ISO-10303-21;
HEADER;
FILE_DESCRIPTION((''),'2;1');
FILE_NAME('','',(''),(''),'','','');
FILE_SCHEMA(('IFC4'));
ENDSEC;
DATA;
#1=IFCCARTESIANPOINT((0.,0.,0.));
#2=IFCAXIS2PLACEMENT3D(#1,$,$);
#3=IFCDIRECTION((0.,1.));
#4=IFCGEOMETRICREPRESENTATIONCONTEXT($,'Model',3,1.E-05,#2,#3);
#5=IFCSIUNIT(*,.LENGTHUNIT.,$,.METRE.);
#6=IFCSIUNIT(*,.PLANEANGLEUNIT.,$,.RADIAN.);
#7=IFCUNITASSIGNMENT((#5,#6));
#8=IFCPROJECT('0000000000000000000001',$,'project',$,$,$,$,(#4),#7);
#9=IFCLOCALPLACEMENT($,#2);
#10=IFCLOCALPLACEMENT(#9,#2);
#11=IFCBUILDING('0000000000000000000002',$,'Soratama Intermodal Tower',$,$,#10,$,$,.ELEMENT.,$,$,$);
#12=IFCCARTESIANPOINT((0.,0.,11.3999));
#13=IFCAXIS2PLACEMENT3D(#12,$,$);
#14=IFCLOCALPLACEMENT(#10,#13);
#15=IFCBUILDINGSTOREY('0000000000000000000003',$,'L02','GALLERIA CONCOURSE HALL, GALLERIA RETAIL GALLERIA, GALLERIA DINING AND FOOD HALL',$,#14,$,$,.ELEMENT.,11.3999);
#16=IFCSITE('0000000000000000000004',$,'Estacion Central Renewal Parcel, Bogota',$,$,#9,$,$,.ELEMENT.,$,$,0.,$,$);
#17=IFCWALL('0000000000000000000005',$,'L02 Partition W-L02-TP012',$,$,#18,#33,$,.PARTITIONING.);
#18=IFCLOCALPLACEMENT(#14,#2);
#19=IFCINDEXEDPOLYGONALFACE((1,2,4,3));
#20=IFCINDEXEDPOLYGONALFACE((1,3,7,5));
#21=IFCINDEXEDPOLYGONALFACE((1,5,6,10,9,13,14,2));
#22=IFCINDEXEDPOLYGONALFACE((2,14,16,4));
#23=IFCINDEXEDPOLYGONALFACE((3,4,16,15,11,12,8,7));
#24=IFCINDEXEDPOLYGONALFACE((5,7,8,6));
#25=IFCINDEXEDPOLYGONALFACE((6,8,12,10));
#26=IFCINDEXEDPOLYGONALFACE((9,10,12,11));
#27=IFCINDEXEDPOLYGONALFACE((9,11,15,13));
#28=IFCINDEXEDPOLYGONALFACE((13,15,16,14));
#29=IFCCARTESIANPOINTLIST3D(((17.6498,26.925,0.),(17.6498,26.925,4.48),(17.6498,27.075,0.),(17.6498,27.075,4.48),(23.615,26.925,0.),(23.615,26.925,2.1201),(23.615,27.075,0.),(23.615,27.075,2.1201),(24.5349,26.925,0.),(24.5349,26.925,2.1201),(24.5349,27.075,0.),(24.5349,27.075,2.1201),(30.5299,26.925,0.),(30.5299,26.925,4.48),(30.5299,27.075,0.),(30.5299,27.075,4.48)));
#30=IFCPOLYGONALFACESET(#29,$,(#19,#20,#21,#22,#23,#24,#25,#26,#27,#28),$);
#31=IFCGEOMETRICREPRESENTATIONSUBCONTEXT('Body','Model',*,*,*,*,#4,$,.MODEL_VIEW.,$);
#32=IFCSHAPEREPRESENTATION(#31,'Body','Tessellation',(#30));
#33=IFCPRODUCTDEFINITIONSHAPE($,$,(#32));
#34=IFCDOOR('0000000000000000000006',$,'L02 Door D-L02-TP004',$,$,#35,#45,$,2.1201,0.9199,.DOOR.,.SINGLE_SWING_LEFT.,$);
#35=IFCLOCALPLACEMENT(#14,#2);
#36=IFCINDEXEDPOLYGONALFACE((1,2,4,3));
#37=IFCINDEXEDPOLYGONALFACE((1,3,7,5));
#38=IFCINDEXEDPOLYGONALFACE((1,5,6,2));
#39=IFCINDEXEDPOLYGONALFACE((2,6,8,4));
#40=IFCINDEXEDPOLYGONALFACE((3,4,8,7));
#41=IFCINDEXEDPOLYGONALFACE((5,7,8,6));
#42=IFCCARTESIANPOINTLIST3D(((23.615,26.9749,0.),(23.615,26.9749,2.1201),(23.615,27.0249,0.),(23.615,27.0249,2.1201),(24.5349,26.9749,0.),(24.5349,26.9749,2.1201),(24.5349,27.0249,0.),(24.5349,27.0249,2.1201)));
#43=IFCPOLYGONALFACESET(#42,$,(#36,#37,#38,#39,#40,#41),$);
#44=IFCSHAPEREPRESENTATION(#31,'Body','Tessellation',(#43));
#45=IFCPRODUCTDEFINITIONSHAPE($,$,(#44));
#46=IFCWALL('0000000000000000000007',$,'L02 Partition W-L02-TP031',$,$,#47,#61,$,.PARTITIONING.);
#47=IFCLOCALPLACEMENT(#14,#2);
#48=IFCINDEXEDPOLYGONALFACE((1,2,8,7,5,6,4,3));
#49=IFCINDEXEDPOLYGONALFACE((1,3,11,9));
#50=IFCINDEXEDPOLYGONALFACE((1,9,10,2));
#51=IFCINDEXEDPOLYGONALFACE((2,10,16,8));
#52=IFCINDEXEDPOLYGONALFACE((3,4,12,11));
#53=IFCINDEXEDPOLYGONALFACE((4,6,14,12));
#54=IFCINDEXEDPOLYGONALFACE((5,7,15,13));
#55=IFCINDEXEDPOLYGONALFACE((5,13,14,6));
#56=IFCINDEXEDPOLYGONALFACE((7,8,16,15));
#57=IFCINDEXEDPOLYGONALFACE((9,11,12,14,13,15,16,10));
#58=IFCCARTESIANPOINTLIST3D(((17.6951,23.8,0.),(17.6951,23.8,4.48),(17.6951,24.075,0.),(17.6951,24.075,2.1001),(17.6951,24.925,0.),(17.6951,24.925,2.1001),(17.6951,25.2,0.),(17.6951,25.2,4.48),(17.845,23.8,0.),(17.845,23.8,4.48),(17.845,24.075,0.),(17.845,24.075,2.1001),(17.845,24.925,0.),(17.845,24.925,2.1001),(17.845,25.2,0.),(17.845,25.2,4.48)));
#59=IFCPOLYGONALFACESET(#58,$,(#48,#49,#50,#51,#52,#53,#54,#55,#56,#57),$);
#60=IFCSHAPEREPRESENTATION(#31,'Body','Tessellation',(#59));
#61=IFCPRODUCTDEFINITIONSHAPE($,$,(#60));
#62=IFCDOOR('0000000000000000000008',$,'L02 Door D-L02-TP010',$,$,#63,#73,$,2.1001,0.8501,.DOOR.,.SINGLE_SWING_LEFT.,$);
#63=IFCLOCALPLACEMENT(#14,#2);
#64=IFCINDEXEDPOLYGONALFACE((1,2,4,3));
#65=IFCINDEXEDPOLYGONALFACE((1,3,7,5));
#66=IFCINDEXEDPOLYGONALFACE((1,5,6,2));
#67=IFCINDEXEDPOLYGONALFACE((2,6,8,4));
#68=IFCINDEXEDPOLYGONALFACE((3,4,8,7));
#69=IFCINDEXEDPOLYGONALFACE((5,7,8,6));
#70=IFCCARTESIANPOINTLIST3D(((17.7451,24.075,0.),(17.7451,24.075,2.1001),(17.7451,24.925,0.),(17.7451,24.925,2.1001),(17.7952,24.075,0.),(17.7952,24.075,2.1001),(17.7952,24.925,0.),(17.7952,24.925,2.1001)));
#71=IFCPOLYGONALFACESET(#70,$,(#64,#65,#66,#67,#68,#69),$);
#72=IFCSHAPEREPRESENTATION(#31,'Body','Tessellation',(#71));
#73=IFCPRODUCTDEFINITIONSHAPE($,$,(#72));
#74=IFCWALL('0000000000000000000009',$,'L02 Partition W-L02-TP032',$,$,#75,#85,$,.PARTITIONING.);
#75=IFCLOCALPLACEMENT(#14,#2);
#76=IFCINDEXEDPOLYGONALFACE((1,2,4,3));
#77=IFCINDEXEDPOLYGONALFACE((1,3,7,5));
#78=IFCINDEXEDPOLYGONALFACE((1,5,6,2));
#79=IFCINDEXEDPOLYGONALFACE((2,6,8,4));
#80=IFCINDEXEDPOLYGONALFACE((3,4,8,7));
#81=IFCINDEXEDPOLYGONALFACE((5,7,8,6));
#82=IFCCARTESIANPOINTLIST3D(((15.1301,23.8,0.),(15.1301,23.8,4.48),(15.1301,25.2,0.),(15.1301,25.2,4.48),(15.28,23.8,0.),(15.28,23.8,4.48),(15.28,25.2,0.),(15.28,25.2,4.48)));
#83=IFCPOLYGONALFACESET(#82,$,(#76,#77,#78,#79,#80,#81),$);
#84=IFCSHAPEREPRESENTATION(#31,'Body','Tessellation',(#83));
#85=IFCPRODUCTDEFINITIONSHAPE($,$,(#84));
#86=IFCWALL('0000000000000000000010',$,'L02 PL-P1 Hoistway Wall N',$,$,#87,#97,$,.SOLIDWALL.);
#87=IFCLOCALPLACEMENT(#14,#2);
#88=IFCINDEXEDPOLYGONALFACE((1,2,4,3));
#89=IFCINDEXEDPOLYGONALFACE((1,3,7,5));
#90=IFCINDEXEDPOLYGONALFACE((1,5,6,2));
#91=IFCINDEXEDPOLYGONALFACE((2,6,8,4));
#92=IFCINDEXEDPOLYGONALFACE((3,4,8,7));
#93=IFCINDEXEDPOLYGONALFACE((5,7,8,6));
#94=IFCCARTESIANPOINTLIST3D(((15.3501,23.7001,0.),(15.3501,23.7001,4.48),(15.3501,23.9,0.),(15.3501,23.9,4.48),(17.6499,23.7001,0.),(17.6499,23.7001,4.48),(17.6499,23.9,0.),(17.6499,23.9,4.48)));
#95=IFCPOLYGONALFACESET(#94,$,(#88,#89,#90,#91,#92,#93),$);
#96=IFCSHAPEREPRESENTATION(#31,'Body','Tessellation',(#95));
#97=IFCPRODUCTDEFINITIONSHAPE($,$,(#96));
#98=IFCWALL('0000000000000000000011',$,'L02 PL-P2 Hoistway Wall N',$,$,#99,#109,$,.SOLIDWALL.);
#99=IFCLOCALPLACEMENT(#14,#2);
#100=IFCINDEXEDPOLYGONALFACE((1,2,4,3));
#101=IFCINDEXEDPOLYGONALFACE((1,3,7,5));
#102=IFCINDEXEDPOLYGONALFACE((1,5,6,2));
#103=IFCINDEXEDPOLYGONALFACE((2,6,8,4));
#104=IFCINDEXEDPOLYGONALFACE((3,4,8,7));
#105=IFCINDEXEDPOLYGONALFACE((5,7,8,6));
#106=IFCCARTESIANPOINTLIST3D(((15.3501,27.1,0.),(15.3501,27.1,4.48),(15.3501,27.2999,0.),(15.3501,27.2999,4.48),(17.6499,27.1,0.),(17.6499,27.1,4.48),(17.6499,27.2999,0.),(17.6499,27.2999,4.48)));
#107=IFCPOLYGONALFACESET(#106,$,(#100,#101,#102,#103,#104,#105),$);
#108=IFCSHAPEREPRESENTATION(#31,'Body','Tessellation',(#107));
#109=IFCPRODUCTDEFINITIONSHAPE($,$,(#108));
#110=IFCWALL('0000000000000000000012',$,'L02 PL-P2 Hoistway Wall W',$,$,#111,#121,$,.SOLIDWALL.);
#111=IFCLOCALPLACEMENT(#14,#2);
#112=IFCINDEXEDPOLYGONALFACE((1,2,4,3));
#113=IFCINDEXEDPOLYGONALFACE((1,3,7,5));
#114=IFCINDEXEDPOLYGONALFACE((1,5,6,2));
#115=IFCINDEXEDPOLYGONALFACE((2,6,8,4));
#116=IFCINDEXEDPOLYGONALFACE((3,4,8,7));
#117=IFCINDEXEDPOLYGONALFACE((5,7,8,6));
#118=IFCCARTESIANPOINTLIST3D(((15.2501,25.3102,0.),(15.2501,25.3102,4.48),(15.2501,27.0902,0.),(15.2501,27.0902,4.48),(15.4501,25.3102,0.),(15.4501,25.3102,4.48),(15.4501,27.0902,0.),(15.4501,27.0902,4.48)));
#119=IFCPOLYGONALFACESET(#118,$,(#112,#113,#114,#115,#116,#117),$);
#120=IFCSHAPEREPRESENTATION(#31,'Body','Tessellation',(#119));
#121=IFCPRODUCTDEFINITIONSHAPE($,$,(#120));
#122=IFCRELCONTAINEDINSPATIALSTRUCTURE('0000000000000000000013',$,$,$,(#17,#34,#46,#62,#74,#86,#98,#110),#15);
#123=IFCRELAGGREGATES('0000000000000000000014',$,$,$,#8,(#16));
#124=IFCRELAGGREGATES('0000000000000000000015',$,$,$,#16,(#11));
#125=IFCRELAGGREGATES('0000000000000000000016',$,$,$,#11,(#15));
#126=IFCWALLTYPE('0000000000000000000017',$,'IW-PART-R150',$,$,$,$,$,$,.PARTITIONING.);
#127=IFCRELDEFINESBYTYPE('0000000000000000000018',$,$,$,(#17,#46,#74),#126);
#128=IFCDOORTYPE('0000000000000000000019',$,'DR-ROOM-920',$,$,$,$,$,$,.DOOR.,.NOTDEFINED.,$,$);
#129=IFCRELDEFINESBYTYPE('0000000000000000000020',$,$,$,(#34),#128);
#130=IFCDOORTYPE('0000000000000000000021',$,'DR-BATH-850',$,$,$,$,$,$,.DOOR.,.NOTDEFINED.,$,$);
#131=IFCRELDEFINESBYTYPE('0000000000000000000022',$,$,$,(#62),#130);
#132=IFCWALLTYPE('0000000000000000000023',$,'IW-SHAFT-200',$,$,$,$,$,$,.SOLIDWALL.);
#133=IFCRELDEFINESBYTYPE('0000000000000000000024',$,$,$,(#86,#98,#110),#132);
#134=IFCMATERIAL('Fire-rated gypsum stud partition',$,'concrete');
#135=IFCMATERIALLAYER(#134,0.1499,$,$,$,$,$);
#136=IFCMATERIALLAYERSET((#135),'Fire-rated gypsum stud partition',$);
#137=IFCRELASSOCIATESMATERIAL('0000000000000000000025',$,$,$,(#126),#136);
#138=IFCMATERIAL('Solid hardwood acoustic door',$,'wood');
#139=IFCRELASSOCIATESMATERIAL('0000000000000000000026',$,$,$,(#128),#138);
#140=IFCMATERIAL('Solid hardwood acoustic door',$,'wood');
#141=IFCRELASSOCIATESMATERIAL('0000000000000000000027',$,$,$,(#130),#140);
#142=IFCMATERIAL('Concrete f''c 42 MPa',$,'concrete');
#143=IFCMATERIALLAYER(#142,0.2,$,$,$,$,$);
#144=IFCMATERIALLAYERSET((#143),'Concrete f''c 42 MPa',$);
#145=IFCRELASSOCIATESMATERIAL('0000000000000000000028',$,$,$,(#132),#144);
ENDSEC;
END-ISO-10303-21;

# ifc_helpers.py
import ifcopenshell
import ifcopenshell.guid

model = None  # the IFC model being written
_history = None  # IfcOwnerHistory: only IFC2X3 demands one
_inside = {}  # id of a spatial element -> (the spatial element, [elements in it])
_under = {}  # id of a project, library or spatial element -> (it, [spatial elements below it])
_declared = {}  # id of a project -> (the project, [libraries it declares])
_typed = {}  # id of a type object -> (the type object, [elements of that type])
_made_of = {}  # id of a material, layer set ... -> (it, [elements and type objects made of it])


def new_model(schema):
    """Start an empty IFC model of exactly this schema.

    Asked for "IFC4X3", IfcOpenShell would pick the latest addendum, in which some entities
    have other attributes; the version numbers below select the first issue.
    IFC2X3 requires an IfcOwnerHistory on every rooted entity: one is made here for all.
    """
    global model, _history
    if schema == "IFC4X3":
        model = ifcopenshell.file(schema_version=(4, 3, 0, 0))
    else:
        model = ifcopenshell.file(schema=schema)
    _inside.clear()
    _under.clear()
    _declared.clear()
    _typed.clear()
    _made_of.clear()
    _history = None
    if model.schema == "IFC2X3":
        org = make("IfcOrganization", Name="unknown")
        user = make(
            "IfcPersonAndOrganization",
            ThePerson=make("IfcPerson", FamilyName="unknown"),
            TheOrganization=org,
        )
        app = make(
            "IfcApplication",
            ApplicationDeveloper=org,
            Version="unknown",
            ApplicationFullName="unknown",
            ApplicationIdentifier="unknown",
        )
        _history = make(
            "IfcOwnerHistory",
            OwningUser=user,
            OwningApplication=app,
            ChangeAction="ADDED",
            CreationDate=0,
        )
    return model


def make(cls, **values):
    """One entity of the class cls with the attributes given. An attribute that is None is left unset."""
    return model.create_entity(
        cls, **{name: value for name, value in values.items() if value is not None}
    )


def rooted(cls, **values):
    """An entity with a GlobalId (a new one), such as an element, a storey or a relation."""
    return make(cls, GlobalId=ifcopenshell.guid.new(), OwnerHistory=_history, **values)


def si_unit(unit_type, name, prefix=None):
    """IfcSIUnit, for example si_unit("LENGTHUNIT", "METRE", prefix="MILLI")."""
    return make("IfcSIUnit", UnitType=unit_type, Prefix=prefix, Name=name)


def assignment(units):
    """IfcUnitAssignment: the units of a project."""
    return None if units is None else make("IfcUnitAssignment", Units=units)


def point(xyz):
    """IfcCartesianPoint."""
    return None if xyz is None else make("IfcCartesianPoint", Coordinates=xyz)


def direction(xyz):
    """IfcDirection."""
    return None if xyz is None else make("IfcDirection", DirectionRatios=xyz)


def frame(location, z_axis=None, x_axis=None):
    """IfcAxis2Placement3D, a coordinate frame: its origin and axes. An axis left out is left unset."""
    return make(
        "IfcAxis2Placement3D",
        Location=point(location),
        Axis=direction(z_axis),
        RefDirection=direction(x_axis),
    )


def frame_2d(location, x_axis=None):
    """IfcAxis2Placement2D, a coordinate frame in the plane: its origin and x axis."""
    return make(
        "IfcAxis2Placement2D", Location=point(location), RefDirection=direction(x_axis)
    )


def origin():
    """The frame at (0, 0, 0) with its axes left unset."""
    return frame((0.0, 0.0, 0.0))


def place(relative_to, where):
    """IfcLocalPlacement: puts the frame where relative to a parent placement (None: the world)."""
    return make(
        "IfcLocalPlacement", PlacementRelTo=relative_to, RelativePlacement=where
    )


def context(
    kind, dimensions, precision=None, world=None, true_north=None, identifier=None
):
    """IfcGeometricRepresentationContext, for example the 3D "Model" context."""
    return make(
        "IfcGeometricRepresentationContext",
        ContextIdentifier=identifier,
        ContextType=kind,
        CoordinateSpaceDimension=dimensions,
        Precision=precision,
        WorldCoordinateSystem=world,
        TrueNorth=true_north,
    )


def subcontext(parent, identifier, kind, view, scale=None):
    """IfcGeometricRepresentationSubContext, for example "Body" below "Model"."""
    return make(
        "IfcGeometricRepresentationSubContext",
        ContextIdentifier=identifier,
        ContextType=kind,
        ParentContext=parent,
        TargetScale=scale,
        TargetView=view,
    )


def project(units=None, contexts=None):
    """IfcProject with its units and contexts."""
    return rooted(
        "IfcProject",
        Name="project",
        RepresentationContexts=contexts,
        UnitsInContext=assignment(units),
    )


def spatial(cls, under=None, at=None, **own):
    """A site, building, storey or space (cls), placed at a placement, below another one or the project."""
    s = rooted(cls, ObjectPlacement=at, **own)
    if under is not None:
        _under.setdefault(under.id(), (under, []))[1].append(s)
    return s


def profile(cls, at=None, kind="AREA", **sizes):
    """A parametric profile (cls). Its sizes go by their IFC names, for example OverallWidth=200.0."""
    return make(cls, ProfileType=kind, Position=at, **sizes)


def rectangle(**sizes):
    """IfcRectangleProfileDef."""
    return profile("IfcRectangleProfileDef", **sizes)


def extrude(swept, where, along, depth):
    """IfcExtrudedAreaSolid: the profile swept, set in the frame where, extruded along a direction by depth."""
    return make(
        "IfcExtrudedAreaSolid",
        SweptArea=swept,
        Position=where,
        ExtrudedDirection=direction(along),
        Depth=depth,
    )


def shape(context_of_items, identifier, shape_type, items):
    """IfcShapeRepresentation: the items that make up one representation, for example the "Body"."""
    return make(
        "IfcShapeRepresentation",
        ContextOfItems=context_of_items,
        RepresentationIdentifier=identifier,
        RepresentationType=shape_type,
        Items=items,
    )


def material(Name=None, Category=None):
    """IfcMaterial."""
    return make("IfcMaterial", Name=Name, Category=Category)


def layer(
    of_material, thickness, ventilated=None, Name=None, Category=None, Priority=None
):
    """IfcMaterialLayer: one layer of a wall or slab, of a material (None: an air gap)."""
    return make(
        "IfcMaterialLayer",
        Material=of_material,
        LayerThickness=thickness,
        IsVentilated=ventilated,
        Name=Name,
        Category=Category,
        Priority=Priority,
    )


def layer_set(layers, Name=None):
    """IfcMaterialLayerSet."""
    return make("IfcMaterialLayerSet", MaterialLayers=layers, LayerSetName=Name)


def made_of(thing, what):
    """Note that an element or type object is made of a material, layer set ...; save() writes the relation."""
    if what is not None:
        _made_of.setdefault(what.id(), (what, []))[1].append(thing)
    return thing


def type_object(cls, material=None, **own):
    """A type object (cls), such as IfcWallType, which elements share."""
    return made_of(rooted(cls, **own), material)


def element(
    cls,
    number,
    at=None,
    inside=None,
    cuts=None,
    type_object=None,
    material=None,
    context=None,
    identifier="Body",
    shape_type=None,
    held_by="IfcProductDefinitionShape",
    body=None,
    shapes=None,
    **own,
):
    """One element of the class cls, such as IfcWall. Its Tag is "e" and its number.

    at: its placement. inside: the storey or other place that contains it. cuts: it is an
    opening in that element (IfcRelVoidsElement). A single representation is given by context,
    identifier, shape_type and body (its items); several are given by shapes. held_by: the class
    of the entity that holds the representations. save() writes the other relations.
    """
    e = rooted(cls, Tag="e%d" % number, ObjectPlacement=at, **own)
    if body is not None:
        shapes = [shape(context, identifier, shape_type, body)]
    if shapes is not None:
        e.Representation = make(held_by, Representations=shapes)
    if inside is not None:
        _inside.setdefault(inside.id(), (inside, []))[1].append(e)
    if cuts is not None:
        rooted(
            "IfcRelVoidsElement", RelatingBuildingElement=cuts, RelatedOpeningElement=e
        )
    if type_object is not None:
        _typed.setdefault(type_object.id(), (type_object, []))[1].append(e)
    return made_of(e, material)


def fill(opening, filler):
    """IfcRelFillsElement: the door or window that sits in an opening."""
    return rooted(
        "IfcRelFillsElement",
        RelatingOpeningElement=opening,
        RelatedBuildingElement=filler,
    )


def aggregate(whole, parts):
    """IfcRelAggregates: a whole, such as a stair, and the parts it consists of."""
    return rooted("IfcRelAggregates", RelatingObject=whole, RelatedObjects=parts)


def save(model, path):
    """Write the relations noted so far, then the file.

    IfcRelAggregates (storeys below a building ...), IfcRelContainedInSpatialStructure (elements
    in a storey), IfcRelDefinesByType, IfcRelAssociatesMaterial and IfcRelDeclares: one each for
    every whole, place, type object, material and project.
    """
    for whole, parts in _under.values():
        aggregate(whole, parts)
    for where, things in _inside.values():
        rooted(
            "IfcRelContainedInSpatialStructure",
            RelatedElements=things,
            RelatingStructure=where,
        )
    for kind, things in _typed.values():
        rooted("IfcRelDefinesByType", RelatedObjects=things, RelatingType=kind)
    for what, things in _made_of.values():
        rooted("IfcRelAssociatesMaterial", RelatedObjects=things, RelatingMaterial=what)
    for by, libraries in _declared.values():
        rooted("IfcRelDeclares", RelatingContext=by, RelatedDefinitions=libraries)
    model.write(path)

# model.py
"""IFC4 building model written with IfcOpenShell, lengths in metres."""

from ifc_helpers import new_model, si_unit, direction, frame, frame_2d, origin, place, context, subcontext, project, spatial, rectangle, extrude, material, layer, layer_set, type_object, element, fill, save


model = new_model("IFC4")

# Units and contexts
model_context = context("Model", 3, precision=1e-05, world=origin(), true_north=direction((0.0, 1.0)))
body_context = subcontext(model_context, "Body", "Model", "MODEL_VIEW")
ifc_project = project(units=[si_unit("LENGTHUNIT", "METRE"), si_unit("PLANEANGLEUNIT", "RADIAN")], contexts=[model_context])

# Site, building, storey
site_placement = place(None, origin())
site = spatial("IfcSite", under=ifc_project, at=site_placement, Name="Estacion Central Renewal Parcel, Bogota", CompositionType="ELEMENT", RefElevation=0.0)
building_placement = place(site_placement, origin())
building = spatial("IfcBuilding", under=site, at=building_placement, Name="Soratama Intermodal Tower", CompositionType="ELEMENT")
storey_placement = place(building_placement, frame((0.0, 0.0, 11.3999)))
storey = spatial("IfcBuildingStorey", under=building, at=storey_placement, Name="L02", Description="GALLERIA CONCOURSE HALL, GALLERIA RETAIL GALLERIA, GALLERIA DINING AND FOOD HALL", CompositionType="ELEMENT", Elevation=11.3999)

# Walls, openings, doors
ifc_material_1 = material(Name="Fire-rated gypsum stud partition", Category="concrete")
ifc_layer_1 = layer(ifc_material_1, 0.1499)
ifc_layer_set_1 = layer_set([ifc_layer_1], Name="Fire-rated gypsum stud partition")
wall_type_1 = type_object("IfcWallType", Name="IW-PART-R150", PredefinedType="PARTITIONING", material=ifc_layer_set_1)
wall_1_placement = place(storey_placement, frame((17.6499, 27.0, 0.0), z_axis=(0.0, 0.0, 1.0), x_axis=(1.0, 0.0, 0.0)))
wall_1 = element("IfcWall", 1, at=wall_1_placement, inside=storey, type_object=wall_type_1, Name="L02 Partition W-L02-TP012", PredefinedType="PARTITIONING", context=body_context, shape_type="SweptSolid", body=[
    extrude(rectangle(XDim=12.8801, YDim=0.1499, at=frame_2d((6.4399, 0.0))), origin(), (0.0, 0.0, 1.0), 4.48),
])
opening_1_placement = place(wall_1_placement, frame((5.9651, 0.0, 0.0)))
opening_1 = element("IfcOpeningElement", 2, at=opening_1_placement, cuts=wall_1, PredefinedType="OPENING", context=body_context, shape_type="SweptSolid", body=[
    extrude(rectangle(XDim=0.9199, YDim=2.1201, at=frame_2d((0.46, 1.0601))), frame((0.0, 0.085, 0.0), z_axis=(0.0, -1.0, 0.0), x_axis=(1.0, 0.0, 0.0)), (0.0, 0.0, 1.0), 0.1699),
])
ifc_material_2 = material(Name="Solid hardwood acoustic door", Category="wood")
door_type_1 = type_object("IfcDoorType", Name="DR-ROOM-920", OperationType="NOTDEFINED", PredefinedType="DOOR", material=ifc_material_2)
door_1_placement = place(opening_1_placement, origin())
door_1 = element("IfcDoor", 3, at=door_1_placement, inside=storey, type_object=door_type_1, Name="L02 Door D-L02-TP004", OperationType="SINGLE_SWING_LEFT", OverallHeight=2.1201, OverallWidth=0.9199, PredefinedType="DOOR", context=body_context, shape_type="SweptSolid", body=[
    extrude(rectangle(XDim=0.9199, YDim=2.1201, at=frame_2d((0.46, 1.0601))), frame((0.0, 0.0249, 0.0), z_axis=(0.0, -1.0, 0.0), x_axis=(1.0, 0.0, 0.0)), (0.0, 0.0, 1.0), 0.05),
])
fill(opening_1, door_1)
wall_2_placement = place(storey_placement, frame((17.77, 23.8, 0.0), z_axis=(0.0, 0.0, 1.0), x_axis=(0.0, 1.0, 0.0)))
wall_2 = element("IfcWall", 4, at=wall_2_placement, inside=storey, type_object=wall_type_1, Name="L02 Partition W-L02-TP031", PredefinedType="PARTITIONING", context=body_context, shape_type="SweptSolid", body=[
    extrude(rectangle(XDim=1.3999, YDim=0.1499, at=frame_2d((0.7, 0.0))), origin(), (0.0, 0.0, 1.0), 4.48),
])
opening_2_placement = place(wall_2_placement, frame((0.2749, 0.0, 0.0)))
opening_2 = element("IfcOpeningElement", 5, at=opening_2_placement, cuts=wall_2, PredefinedType="OPENING", context=body_context, shape_type="SweptSolid", body=[
    extrude(rectangle(XDim=0.8501, YDim=2.1001, at=frame_2d((0.425, 1.05))), frame((0.0, 0.085, 0.0), z_axis=(0.0, -1.0, 0.0), x_axis=(1.0, 0.0, 0.0)), (0.0, 0.0, 1.0), 0.1699),
])
ifc_material_3 = material(Name="Solid hardwood acoustic door", Category="wood")
door_type_2 = type_object("IfcDoorType", Name="DR-BATH-850", OperationType="NOTDEFINED", PredefinedType="DOOR", material=ifc_material_3)
door_2_placement = place(opening_2_placement, origin())
door_2 = element("IfcDoor", 6, at=door_2_placement, inside=storey, type_object=door_type_2, Name="L02 Door D-L02-TP010", OperationType="SINGLE_SWING_LEFT", OverallHeight=2.1001, OverallWidth=0.8501, PredefinedType="DOOR", context=body_context, shape_type="SweptSolid", body=[
    extrude(rectangle(XDim=0.8501, YDim=2.1001, at=frame_2d((0.425, 1.05))), frame((0.0, 0.0249, 0.0), z_axis=(0.0, -1.0, 0.0), x_axis=(1.0, 0.0, 0.0)), (0.0, 0.0, 1.0), 0.05),
])
fill(opening_2, door_2)

# Walls
wall_3_placement = place(storey_placement, frame((15.2051, 23.8, 0.0), z_axis=(0.0, 0.0, 1.0), x_axis=(0.0, 1.0, 0.0)))
element("IfcWall", 7, at=wall_3_placement, inside=storey, type_object=wall_type_1, Name="L02 Partition W-L02-TP032", PredefinedType="PARTITIONING", context=body_context, shape_type="SweptSolid", body=[
    extrude(rectangle(XDim=1.3999, YDim=0.1499, at=frame_2d((0.7, 0.0))), origin(), (0.0, 0.0, 1.0), 4.48),
])
ifc_material_4 = material(Name="Concrete f'c 42 MPa", Category="concrete")
ifc_layer_2 = layer(ifc_material_4, 0.2)
ifc_layer_set_2 = layer_set([ifc_layer_2], Name="Concrete f'c 42 MPa")
wall_type_2 = type_object("IfcWallType", Name="IW-SHAFT-200", PredefinedType="SOLIDWALL", material=ifc_layer_set_2)
for number, where, z_axis, x_axis, name in (
    (8, (15.3501, 23.8, 0.0), (0.0, 0.0, 1.0), (1.0, 0.0, 0.0), "L02 PL-P1 Hoistway Wall N"),
    (9, (15.3501, 27.2, 0.0), (0.0, 0.0, 1.0), (1.0, 0.0, 0.0), "L02 PL-P2 Hoistway Wall N"),
):
    element("IfcWall", number, at=place(storey_placement, frame(where, z_axis=z_axis, x_axis=x_axis)), inside=storey, type_object=wall_type_2, Name=name, PredefinedType="SOLIDWALL", context=body_context, shape_type="SweptSolid", body=[
        extrude(rectangle(XDim=2.2998, YDim=0.2, at=frame_2d((1.1499, 0.0))), origin(), (0.0, 0.0, 1.0), 4.48),
    ])
wall_4_placement = place(storey_placement, frame((15.3501, 25.3101, 0.0), z_axis=(0.0, 0.0, 1.0), x_axis=(0.0, 1.0, 0.0)))
element("IfcWall", 10, at=wall_4_placement, inside=storey, type_object=wall_type_2, Name="L02 PL-P2 Hoistway Wall W", PredefinedType="SOLIDWALL", context=body_context, shape_type="SweptSolid", body=[
    extrude(rectangle(XDim=1.78, YDim=0.2, at=frame_2d((0.8901, 0.0))), origin(), (0.0, 0.0, 1.0), 4.48),
])

save(model, "model.ifc")
